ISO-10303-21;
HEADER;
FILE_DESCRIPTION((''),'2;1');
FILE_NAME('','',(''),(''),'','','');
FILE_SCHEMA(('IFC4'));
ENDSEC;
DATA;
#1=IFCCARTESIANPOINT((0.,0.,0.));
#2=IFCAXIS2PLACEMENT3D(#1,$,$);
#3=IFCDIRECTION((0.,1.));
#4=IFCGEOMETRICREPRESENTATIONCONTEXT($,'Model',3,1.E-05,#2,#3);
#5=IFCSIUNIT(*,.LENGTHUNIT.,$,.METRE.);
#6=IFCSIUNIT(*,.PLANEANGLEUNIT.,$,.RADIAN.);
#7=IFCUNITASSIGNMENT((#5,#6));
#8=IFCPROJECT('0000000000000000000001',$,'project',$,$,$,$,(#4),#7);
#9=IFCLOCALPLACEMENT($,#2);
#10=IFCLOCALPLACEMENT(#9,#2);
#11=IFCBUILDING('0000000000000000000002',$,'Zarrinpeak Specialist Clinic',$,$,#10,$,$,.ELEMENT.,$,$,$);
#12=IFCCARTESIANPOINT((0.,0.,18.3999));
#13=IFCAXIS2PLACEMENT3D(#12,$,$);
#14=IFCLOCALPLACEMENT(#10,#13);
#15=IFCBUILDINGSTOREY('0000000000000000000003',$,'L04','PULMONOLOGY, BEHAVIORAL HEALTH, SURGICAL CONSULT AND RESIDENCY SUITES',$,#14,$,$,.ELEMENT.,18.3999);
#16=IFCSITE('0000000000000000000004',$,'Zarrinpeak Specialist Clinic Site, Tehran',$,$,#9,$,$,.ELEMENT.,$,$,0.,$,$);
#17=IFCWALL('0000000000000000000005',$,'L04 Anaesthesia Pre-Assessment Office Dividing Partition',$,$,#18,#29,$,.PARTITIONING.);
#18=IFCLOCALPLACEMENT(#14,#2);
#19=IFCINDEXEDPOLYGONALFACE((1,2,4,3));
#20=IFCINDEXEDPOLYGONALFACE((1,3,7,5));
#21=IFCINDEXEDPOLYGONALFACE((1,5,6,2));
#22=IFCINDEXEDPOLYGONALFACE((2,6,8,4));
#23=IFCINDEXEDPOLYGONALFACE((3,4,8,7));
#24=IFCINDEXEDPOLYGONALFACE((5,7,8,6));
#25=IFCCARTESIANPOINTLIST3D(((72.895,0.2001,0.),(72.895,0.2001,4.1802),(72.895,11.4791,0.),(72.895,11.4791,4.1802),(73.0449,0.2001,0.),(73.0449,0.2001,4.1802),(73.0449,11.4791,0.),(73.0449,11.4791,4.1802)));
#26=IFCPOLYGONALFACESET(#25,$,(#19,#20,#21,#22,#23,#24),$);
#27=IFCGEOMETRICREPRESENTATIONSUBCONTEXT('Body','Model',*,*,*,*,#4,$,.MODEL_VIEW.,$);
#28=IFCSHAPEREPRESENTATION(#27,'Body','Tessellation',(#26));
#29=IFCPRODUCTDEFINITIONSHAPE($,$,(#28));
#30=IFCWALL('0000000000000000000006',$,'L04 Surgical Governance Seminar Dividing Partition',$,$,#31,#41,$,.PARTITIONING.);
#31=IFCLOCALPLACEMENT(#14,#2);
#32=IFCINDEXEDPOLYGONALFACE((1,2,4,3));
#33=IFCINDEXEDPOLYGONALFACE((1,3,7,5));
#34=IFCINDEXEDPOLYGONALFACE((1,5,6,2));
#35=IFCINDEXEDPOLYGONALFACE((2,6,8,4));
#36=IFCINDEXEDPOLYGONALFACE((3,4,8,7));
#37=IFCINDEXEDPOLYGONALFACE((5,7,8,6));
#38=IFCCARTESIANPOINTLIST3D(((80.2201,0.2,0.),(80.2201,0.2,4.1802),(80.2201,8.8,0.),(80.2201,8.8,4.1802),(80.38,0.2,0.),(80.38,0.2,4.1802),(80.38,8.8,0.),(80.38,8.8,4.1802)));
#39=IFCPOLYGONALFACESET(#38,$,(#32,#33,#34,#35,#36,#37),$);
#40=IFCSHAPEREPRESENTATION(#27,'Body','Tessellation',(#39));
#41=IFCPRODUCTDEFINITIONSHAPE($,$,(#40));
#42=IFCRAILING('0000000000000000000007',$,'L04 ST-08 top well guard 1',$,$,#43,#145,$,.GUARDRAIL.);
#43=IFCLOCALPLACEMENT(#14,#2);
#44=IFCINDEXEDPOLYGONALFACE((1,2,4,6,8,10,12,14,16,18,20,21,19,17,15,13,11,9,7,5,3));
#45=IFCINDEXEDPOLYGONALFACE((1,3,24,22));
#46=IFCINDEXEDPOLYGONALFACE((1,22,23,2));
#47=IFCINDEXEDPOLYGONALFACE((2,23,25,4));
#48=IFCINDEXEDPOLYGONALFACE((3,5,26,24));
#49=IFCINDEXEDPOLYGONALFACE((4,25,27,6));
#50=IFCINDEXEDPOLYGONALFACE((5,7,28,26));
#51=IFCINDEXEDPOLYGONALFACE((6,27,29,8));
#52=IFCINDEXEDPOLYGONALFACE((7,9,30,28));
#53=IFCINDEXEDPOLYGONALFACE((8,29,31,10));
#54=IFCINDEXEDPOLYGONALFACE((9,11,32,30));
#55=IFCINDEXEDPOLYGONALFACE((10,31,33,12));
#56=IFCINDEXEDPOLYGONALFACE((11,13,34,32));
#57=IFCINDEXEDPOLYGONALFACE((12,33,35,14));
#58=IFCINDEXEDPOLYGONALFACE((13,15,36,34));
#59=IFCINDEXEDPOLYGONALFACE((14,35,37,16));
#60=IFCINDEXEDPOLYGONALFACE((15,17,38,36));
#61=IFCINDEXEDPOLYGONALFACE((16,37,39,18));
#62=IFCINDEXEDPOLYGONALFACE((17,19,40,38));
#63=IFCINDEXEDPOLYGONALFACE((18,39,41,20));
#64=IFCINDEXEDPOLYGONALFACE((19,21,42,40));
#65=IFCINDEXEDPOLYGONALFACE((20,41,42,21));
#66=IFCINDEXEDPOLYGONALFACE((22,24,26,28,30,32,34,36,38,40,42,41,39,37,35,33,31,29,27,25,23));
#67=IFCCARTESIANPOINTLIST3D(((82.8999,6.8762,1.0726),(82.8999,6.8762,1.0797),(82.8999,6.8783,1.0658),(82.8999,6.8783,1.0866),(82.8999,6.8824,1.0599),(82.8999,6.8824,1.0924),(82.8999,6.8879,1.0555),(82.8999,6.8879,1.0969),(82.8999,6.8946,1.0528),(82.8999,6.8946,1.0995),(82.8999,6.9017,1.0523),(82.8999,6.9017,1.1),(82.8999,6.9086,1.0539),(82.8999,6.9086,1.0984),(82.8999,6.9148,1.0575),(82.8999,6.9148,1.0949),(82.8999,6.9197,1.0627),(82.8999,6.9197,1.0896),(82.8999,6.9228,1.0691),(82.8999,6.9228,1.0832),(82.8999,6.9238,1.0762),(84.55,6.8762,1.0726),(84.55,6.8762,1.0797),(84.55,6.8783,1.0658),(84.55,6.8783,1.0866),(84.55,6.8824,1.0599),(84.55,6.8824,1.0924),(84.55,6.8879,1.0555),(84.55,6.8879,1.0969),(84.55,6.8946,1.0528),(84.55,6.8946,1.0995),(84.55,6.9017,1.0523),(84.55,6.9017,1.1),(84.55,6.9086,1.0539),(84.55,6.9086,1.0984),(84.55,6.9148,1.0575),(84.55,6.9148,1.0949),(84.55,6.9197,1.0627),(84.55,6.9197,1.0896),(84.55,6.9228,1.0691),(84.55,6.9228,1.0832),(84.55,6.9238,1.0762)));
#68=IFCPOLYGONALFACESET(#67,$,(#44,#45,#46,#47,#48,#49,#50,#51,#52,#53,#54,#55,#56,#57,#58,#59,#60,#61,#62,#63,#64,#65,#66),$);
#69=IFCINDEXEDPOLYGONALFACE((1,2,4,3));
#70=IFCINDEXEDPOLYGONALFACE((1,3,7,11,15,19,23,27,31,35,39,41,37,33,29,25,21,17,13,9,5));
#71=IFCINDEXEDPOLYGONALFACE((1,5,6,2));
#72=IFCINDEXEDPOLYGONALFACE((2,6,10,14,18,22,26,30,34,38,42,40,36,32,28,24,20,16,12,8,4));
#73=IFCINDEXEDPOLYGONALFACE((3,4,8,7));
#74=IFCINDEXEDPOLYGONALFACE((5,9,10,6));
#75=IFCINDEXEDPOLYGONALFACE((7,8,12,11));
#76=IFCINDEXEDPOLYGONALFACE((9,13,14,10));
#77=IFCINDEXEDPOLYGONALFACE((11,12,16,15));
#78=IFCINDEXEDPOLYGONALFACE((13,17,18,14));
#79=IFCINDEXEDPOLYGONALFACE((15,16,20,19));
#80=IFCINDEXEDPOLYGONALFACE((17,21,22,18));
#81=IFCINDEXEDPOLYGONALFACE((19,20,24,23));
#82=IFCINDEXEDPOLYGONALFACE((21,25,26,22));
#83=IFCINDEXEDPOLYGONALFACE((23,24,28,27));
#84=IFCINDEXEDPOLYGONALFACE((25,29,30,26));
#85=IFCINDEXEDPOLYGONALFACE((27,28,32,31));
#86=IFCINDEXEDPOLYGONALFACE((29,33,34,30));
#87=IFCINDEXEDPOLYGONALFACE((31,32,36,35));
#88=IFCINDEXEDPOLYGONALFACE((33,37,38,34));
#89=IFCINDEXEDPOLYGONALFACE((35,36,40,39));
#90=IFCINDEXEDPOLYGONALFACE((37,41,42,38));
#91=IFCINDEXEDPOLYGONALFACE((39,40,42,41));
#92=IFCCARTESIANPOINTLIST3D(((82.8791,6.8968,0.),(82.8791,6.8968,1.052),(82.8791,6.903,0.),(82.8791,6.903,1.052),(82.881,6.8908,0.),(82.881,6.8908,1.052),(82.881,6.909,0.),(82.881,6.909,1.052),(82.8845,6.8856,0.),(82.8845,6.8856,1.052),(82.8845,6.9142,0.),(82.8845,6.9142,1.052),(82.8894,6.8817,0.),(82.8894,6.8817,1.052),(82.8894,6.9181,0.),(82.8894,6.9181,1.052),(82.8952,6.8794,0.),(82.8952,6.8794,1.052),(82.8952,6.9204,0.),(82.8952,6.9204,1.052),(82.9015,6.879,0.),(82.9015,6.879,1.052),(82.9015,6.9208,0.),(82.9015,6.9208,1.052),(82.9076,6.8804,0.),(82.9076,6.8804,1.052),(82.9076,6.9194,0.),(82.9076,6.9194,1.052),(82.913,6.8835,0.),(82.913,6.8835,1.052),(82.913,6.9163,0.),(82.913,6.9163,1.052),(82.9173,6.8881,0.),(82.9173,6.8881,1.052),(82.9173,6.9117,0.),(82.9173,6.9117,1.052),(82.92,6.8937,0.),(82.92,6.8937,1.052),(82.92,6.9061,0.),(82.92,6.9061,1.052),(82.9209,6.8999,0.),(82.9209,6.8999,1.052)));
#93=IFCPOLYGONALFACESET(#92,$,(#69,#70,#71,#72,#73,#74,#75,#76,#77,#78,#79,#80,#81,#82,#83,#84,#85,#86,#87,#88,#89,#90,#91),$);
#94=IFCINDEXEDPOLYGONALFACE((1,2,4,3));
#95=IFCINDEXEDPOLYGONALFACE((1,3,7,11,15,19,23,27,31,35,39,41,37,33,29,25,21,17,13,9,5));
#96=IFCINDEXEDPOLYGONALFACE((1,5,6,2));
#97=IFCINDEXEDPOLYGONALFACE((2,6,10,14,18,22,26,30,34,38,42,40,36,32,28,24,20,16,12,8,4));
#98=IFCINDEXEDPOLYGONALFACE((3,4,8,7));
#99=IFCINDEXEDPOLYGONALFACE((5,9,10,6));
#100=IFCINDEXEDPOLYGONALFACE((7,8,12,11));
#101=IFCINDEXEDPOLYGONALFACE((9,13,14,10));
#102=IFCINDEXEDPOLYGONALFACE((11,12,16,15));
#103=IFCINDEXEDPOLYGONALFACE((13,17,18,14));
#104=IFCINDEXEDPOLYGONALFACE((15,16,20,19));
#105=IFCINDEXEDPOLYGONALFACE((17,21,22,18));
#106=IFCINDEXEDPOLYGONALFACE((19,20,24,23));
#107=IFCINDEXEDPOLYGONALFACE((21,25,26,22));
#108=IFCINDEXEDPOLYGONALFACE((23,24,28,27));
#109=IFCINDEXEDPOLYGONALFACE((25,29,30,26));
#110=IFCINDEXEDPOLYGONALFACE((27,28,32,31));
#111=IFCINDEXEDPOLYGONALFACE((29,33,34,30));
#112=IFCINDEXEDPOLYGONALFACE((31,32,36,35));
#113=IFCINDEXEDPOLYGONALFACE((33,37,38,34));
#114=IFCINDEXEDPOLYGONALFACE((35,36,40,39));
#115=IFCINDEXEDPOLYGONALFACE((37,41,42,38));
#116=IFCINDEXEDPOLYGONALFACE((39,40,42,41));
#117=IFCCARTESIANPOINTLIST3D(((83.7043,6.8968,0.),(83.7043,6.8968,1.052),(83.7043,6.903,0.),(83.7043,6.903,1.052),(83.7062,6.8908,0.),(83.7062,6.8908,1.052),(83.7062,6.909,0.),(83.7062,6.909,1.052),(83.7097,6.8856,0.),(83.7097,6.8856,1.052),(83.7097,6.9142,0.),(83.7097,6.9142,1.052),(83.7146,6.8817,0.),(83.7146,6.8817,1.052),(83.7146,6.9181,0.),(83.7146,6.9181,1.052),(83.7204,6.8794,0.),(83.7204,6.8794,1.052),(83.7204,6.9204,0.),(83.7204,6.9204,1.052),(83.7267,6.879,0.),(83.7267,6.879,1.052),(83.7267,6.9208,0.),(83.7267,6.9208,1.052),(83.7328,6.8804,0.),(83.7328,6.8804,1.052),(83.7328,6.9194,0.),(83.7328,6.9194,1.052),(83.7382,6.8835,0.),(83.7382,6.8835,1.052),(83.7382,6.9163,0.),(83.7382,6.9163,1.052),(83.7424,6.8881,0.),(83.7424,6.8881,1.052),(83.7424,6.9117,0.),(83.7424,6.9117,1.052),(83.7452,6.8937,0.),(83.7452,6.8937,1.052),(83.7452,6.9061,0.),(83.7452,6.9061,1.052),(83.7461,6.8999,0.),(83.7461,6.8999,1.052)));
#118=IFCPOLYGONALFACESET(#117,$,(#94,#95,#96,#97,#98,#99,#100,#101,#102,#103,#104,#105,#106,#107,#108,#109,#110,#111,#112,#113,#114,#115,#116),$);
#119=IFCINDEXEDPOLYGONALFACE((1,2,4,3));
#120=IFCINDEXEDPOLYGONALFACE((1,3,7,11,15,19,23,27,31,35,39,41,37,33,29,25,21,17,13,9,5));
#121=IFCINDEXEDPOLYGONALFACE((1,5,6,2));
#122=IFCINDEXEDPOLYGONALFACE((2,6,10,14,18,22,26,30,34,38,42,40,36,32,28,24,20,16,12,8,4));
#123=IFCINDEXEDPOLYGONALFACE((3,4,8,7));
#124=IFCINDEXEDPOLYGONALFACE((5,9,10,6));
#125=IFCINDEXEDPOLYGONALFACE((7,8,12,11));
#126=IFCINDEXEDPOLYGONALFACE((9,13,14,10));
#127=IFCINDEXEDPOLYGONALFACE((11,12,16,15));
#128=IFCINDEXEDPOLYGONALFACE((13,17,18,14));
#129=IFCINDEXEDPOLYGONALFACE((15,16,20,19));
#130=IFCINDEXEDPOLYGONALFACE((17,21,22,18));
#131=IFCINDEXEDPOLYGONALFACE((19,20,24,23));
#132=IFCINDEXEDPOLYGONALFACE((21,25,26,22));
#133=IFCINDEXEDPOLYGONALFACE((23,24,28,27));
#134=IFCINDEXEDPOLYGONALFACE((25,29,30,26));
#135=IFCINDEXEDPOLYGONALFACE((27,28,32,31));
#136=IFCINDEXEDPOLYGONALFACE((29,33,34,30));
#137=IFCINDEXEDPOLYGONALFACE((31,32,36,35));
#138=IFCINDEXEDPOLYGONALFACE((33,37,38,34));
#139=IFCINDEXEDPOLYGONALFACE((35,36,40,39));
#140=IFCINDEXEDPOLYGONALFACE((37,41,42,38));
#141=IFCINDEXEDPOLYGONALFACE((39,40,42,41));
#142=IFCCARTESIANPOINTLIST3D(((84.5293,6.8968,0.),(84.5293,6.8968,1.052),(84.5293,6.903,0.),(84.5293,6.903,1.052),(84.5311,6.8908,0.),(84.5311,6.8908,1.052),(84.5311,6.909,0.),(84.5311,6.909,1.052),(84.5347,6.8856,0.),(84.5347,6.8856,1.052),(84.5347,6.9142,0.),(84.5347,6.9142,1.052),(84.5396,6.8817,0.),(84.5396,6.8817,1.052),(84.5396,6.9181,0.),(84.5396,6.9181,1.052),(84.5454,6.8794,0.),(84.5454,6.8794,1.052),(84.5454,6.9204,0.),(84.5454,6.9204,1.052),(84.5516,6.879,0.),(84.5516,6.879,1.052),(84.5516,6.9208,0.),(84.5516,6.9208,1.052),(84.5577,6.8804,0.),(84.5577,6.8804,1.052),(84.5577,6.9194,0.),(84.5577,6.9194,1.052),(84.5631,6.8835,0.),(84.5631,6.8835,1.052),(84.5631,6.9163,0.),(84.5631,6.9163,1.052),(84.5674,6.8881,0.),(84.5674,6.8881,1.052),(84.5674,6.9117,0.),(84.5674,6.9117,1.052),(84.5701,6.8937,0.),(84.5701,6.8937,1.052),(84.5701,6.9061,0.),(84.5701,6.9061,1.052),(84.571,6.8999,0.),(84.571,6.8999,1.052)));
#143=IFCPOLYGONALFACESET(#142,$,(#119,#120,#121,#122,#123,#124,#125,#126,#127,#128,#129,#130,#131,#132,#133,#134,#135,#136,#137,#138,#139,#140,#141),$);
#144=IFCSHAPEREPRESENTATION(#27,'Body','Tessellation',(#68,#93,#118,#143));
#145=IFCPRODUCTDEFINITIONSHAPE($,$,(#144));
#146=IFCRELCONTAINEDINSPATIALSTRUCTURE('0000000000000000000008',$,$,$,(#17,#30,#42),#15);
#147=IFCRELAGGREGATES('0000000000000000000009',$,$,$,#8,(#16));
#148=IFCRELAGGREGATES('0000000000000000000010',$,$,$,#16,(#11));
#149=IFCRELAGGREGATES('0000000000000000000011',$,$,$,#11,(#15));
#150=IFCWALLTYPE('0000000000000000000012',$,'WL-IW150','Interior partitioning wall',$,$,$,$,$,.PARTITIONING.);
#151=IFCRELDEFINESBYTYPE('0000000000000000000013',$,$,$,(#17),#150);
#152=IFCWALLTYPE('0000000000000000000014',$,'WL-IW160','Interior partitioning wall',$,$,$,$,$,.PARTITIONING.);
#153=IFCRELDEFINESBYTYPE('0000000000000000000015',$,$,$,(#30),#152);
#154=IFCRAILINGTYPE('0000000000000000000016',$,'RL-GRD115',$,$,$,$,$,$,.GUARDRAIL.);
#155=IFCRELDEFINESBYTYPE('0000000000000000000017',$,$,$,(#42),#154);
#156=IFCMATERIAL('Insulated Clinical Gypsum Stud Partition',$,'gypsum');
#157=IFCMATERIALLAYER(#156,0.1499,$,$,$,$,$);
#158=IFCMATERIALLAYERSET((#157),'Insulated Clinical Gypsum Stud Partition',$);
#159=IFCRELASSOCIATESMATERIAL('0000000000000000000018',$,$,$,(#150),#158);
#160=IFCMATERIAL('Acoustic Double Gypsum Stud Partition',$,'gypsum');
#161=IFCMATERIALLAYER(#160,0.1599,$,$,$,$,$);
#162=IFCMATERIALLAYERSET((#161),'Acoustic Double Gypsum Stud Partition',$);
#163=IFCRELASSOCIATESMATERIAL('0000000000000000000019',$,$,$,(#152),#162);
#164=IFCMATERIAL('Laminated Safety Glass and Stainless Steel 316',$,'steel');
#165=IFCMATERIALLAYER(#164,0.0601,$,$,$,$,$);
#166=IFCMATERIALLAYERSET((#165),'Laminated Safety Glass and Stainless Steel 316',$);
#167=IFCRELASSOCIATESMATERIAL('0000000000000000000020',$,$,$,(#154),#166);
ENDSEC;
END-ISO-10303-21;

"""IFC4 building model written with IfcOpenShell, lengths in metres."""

from ifc_helpers import new_model, si_unit, direction, frame, frame_2d, origin, origin_2d, place, context, subcontext, project, spatial, rectangle, circle, extrude, material, layer, layer_set, type_object, element, save


model = new_model("IFC4")

# Units and contexts
model_context = context("Model", 3, precision=1e-05, world=origin(), true_north=direction((0.0, 1.0)))
body_context = subcontext(model_context, "Body", "Model", "MODEL_VIEW")
ifc_project = project(units=[si_unit("LENGTHUNIT", "METRE"), si_unit("PLANEANGLEUNIT", "RADIAN")], contexts=[model_context])

# Site, building, storey
site_placement = place(None, origin())
site = spatial("IfcSite", under=ifc_project, at=site_placement, Name="Zarrinpeak Specialist Clinic Site, Tehran", CompositionType="ELEMENT", RefElevation=0.0)
building_placement = place(site_placement, origin())
building = spatial("IfcBuilding", under=site, at=building_placement, Name="Zarrinpeak Specialist Clinic", CompositionType="ELEMENT")
storey_placement = place(building_placement, frame((0.0, 0.0, 18.3999)))
storey = spatial("IfcBuildingStorey", under=building, at=storey_placement, Name="L04", Description="PULMONOLOGY, BEHAVIORAL HEALTH, SURGICAL CONSULT AND RESIDENCY SUITES", CompositionType="ELEMENT", Elevation=18.3999)

# Walls
ifc_material_1 = material(Name="Insulated Clinical Gypsum Stud Partition", Category="gypsum")
ifc_layer_1 = layer(ifc_material_1, 0.1499)
ifc_layer_set_1 = layer_set([ifc_layer_1], Name="Insulated Clinical Gypsum Stud Partition")
wall_type_1 = type_object("IfcWallType", Name="WL-IW150", Description="Interior partitioning wall", PredefinedType="PARTITIONING", material=ifc_layer_set_1)
wall_1_placement = place(storey_placement, frame((72.97, 0.2, 0.0), z_axis=(0.0, 0.0, 1.0), x_axis=(0.0, 1.0, 0.0)))
element("IfcWall", 1, at=wall_1_placement, inside=storey, type_object=wall_type_1, Name="L04 Anaesthesia Pre-Assessment Office Dividing Partition", PredefinedType="PARTITIONING", context=body_context, shape_type="SweptSolid", body=[
    extrude(rectangle(XDim=11.2791, YDim=0.1499, at=frame_2d((5.6396, 0.0))), origin(), (0.0, 0.0, 1.0), 4.1802),
])
ifc_material_2 = material(Name="Acoustic Double Gypsum Stud Partition", Category="gypsum")
ifc_layer_2 = layer(ifc_material_2, 0.1599)
ifc_layer_set_2 = layer_set([ifc_layer_2], Name="Acoustic Double Gypsum Stud Partition")
wall_type_2 = type_object("IfcWallType", Name="WL-IW160", Description="Interior partitioning wall", PredefinedType="PARTITIONING", material=ifc_layer_set_2)
wall_2_placement = place(storey_placement, frame((80.3, 0.2, 0.0), z_axis=(0.0, 0.0, 1.0), x_axis=(0.0, 1.0, 0.0)))
element("IfcWall", 2, at=wall_2_placement, inside=storey, type_object=wall_type_2, Name="L04 Surgical Governance Seminar Dividing Partition", PredefinedType="PARTITIONING", context=body_context, shape_type="SweptSolid", body=[
    extrude(rectangle(XDim=8.6001, YDim=0.1599, at=frame_2d((4.3, 0.0))), origin(), (0.0, 0.0, 1.0), 4.1802),
])

# Railing
ifc_material_3 = material(Name="Laminated Safety Glass and Stainless Steel 316", Category="steel")
ifc_layer_3 = layer(ifc_material_3, 0.0601)
ifc_layer_set_3 = layer_set([ifc_layer_3], Name="Laminated Safety Glass and Stainless Steel 316")
railing_type = type_object("IfcRailingType", Name="RL-GRD115", PredefinedType="GUARDRAIL", material=ifc_layer_set_3)
railing_placement = place(storey_placement, frame((82.8999, 6.8999, 0.0)))
element("IfcRailing", 3, at=railing_placement, inside=storey, type_object=railing_type, Name="L04 ST-08 top well guard 1", PredefinedType="GUARDRAIL", context=body_context, shape_type="SweptSolid", body=[
    extrude(circle(Radius=0.0239, at=origin_2d()), frame((0.0, 0.0, 1.0762), z_axis=(1.0, 0.0, 0.0), x_axis=(0.0, 1.0, 0.0)), (0.0, 0.0, 1.0), 1.6501),
    extrude(circle(Radius=0.021, at=origin_2d()), origin(), (0.0, 0.0, 1.0), 1.052),
    extrude(circle(Radius=0.021, at=origin_2d()), frame((0.8252, 0.0, 0.0)), (0.0, 0.0, 1.0), 1.052),
    extrude(circle(Radius=0.021, at=origin_2d()), frame((1.6501, 0.0, 0.0)), (0.0, 0.0, 1.0), 1.052),
])

save(model, "model.ifc")
